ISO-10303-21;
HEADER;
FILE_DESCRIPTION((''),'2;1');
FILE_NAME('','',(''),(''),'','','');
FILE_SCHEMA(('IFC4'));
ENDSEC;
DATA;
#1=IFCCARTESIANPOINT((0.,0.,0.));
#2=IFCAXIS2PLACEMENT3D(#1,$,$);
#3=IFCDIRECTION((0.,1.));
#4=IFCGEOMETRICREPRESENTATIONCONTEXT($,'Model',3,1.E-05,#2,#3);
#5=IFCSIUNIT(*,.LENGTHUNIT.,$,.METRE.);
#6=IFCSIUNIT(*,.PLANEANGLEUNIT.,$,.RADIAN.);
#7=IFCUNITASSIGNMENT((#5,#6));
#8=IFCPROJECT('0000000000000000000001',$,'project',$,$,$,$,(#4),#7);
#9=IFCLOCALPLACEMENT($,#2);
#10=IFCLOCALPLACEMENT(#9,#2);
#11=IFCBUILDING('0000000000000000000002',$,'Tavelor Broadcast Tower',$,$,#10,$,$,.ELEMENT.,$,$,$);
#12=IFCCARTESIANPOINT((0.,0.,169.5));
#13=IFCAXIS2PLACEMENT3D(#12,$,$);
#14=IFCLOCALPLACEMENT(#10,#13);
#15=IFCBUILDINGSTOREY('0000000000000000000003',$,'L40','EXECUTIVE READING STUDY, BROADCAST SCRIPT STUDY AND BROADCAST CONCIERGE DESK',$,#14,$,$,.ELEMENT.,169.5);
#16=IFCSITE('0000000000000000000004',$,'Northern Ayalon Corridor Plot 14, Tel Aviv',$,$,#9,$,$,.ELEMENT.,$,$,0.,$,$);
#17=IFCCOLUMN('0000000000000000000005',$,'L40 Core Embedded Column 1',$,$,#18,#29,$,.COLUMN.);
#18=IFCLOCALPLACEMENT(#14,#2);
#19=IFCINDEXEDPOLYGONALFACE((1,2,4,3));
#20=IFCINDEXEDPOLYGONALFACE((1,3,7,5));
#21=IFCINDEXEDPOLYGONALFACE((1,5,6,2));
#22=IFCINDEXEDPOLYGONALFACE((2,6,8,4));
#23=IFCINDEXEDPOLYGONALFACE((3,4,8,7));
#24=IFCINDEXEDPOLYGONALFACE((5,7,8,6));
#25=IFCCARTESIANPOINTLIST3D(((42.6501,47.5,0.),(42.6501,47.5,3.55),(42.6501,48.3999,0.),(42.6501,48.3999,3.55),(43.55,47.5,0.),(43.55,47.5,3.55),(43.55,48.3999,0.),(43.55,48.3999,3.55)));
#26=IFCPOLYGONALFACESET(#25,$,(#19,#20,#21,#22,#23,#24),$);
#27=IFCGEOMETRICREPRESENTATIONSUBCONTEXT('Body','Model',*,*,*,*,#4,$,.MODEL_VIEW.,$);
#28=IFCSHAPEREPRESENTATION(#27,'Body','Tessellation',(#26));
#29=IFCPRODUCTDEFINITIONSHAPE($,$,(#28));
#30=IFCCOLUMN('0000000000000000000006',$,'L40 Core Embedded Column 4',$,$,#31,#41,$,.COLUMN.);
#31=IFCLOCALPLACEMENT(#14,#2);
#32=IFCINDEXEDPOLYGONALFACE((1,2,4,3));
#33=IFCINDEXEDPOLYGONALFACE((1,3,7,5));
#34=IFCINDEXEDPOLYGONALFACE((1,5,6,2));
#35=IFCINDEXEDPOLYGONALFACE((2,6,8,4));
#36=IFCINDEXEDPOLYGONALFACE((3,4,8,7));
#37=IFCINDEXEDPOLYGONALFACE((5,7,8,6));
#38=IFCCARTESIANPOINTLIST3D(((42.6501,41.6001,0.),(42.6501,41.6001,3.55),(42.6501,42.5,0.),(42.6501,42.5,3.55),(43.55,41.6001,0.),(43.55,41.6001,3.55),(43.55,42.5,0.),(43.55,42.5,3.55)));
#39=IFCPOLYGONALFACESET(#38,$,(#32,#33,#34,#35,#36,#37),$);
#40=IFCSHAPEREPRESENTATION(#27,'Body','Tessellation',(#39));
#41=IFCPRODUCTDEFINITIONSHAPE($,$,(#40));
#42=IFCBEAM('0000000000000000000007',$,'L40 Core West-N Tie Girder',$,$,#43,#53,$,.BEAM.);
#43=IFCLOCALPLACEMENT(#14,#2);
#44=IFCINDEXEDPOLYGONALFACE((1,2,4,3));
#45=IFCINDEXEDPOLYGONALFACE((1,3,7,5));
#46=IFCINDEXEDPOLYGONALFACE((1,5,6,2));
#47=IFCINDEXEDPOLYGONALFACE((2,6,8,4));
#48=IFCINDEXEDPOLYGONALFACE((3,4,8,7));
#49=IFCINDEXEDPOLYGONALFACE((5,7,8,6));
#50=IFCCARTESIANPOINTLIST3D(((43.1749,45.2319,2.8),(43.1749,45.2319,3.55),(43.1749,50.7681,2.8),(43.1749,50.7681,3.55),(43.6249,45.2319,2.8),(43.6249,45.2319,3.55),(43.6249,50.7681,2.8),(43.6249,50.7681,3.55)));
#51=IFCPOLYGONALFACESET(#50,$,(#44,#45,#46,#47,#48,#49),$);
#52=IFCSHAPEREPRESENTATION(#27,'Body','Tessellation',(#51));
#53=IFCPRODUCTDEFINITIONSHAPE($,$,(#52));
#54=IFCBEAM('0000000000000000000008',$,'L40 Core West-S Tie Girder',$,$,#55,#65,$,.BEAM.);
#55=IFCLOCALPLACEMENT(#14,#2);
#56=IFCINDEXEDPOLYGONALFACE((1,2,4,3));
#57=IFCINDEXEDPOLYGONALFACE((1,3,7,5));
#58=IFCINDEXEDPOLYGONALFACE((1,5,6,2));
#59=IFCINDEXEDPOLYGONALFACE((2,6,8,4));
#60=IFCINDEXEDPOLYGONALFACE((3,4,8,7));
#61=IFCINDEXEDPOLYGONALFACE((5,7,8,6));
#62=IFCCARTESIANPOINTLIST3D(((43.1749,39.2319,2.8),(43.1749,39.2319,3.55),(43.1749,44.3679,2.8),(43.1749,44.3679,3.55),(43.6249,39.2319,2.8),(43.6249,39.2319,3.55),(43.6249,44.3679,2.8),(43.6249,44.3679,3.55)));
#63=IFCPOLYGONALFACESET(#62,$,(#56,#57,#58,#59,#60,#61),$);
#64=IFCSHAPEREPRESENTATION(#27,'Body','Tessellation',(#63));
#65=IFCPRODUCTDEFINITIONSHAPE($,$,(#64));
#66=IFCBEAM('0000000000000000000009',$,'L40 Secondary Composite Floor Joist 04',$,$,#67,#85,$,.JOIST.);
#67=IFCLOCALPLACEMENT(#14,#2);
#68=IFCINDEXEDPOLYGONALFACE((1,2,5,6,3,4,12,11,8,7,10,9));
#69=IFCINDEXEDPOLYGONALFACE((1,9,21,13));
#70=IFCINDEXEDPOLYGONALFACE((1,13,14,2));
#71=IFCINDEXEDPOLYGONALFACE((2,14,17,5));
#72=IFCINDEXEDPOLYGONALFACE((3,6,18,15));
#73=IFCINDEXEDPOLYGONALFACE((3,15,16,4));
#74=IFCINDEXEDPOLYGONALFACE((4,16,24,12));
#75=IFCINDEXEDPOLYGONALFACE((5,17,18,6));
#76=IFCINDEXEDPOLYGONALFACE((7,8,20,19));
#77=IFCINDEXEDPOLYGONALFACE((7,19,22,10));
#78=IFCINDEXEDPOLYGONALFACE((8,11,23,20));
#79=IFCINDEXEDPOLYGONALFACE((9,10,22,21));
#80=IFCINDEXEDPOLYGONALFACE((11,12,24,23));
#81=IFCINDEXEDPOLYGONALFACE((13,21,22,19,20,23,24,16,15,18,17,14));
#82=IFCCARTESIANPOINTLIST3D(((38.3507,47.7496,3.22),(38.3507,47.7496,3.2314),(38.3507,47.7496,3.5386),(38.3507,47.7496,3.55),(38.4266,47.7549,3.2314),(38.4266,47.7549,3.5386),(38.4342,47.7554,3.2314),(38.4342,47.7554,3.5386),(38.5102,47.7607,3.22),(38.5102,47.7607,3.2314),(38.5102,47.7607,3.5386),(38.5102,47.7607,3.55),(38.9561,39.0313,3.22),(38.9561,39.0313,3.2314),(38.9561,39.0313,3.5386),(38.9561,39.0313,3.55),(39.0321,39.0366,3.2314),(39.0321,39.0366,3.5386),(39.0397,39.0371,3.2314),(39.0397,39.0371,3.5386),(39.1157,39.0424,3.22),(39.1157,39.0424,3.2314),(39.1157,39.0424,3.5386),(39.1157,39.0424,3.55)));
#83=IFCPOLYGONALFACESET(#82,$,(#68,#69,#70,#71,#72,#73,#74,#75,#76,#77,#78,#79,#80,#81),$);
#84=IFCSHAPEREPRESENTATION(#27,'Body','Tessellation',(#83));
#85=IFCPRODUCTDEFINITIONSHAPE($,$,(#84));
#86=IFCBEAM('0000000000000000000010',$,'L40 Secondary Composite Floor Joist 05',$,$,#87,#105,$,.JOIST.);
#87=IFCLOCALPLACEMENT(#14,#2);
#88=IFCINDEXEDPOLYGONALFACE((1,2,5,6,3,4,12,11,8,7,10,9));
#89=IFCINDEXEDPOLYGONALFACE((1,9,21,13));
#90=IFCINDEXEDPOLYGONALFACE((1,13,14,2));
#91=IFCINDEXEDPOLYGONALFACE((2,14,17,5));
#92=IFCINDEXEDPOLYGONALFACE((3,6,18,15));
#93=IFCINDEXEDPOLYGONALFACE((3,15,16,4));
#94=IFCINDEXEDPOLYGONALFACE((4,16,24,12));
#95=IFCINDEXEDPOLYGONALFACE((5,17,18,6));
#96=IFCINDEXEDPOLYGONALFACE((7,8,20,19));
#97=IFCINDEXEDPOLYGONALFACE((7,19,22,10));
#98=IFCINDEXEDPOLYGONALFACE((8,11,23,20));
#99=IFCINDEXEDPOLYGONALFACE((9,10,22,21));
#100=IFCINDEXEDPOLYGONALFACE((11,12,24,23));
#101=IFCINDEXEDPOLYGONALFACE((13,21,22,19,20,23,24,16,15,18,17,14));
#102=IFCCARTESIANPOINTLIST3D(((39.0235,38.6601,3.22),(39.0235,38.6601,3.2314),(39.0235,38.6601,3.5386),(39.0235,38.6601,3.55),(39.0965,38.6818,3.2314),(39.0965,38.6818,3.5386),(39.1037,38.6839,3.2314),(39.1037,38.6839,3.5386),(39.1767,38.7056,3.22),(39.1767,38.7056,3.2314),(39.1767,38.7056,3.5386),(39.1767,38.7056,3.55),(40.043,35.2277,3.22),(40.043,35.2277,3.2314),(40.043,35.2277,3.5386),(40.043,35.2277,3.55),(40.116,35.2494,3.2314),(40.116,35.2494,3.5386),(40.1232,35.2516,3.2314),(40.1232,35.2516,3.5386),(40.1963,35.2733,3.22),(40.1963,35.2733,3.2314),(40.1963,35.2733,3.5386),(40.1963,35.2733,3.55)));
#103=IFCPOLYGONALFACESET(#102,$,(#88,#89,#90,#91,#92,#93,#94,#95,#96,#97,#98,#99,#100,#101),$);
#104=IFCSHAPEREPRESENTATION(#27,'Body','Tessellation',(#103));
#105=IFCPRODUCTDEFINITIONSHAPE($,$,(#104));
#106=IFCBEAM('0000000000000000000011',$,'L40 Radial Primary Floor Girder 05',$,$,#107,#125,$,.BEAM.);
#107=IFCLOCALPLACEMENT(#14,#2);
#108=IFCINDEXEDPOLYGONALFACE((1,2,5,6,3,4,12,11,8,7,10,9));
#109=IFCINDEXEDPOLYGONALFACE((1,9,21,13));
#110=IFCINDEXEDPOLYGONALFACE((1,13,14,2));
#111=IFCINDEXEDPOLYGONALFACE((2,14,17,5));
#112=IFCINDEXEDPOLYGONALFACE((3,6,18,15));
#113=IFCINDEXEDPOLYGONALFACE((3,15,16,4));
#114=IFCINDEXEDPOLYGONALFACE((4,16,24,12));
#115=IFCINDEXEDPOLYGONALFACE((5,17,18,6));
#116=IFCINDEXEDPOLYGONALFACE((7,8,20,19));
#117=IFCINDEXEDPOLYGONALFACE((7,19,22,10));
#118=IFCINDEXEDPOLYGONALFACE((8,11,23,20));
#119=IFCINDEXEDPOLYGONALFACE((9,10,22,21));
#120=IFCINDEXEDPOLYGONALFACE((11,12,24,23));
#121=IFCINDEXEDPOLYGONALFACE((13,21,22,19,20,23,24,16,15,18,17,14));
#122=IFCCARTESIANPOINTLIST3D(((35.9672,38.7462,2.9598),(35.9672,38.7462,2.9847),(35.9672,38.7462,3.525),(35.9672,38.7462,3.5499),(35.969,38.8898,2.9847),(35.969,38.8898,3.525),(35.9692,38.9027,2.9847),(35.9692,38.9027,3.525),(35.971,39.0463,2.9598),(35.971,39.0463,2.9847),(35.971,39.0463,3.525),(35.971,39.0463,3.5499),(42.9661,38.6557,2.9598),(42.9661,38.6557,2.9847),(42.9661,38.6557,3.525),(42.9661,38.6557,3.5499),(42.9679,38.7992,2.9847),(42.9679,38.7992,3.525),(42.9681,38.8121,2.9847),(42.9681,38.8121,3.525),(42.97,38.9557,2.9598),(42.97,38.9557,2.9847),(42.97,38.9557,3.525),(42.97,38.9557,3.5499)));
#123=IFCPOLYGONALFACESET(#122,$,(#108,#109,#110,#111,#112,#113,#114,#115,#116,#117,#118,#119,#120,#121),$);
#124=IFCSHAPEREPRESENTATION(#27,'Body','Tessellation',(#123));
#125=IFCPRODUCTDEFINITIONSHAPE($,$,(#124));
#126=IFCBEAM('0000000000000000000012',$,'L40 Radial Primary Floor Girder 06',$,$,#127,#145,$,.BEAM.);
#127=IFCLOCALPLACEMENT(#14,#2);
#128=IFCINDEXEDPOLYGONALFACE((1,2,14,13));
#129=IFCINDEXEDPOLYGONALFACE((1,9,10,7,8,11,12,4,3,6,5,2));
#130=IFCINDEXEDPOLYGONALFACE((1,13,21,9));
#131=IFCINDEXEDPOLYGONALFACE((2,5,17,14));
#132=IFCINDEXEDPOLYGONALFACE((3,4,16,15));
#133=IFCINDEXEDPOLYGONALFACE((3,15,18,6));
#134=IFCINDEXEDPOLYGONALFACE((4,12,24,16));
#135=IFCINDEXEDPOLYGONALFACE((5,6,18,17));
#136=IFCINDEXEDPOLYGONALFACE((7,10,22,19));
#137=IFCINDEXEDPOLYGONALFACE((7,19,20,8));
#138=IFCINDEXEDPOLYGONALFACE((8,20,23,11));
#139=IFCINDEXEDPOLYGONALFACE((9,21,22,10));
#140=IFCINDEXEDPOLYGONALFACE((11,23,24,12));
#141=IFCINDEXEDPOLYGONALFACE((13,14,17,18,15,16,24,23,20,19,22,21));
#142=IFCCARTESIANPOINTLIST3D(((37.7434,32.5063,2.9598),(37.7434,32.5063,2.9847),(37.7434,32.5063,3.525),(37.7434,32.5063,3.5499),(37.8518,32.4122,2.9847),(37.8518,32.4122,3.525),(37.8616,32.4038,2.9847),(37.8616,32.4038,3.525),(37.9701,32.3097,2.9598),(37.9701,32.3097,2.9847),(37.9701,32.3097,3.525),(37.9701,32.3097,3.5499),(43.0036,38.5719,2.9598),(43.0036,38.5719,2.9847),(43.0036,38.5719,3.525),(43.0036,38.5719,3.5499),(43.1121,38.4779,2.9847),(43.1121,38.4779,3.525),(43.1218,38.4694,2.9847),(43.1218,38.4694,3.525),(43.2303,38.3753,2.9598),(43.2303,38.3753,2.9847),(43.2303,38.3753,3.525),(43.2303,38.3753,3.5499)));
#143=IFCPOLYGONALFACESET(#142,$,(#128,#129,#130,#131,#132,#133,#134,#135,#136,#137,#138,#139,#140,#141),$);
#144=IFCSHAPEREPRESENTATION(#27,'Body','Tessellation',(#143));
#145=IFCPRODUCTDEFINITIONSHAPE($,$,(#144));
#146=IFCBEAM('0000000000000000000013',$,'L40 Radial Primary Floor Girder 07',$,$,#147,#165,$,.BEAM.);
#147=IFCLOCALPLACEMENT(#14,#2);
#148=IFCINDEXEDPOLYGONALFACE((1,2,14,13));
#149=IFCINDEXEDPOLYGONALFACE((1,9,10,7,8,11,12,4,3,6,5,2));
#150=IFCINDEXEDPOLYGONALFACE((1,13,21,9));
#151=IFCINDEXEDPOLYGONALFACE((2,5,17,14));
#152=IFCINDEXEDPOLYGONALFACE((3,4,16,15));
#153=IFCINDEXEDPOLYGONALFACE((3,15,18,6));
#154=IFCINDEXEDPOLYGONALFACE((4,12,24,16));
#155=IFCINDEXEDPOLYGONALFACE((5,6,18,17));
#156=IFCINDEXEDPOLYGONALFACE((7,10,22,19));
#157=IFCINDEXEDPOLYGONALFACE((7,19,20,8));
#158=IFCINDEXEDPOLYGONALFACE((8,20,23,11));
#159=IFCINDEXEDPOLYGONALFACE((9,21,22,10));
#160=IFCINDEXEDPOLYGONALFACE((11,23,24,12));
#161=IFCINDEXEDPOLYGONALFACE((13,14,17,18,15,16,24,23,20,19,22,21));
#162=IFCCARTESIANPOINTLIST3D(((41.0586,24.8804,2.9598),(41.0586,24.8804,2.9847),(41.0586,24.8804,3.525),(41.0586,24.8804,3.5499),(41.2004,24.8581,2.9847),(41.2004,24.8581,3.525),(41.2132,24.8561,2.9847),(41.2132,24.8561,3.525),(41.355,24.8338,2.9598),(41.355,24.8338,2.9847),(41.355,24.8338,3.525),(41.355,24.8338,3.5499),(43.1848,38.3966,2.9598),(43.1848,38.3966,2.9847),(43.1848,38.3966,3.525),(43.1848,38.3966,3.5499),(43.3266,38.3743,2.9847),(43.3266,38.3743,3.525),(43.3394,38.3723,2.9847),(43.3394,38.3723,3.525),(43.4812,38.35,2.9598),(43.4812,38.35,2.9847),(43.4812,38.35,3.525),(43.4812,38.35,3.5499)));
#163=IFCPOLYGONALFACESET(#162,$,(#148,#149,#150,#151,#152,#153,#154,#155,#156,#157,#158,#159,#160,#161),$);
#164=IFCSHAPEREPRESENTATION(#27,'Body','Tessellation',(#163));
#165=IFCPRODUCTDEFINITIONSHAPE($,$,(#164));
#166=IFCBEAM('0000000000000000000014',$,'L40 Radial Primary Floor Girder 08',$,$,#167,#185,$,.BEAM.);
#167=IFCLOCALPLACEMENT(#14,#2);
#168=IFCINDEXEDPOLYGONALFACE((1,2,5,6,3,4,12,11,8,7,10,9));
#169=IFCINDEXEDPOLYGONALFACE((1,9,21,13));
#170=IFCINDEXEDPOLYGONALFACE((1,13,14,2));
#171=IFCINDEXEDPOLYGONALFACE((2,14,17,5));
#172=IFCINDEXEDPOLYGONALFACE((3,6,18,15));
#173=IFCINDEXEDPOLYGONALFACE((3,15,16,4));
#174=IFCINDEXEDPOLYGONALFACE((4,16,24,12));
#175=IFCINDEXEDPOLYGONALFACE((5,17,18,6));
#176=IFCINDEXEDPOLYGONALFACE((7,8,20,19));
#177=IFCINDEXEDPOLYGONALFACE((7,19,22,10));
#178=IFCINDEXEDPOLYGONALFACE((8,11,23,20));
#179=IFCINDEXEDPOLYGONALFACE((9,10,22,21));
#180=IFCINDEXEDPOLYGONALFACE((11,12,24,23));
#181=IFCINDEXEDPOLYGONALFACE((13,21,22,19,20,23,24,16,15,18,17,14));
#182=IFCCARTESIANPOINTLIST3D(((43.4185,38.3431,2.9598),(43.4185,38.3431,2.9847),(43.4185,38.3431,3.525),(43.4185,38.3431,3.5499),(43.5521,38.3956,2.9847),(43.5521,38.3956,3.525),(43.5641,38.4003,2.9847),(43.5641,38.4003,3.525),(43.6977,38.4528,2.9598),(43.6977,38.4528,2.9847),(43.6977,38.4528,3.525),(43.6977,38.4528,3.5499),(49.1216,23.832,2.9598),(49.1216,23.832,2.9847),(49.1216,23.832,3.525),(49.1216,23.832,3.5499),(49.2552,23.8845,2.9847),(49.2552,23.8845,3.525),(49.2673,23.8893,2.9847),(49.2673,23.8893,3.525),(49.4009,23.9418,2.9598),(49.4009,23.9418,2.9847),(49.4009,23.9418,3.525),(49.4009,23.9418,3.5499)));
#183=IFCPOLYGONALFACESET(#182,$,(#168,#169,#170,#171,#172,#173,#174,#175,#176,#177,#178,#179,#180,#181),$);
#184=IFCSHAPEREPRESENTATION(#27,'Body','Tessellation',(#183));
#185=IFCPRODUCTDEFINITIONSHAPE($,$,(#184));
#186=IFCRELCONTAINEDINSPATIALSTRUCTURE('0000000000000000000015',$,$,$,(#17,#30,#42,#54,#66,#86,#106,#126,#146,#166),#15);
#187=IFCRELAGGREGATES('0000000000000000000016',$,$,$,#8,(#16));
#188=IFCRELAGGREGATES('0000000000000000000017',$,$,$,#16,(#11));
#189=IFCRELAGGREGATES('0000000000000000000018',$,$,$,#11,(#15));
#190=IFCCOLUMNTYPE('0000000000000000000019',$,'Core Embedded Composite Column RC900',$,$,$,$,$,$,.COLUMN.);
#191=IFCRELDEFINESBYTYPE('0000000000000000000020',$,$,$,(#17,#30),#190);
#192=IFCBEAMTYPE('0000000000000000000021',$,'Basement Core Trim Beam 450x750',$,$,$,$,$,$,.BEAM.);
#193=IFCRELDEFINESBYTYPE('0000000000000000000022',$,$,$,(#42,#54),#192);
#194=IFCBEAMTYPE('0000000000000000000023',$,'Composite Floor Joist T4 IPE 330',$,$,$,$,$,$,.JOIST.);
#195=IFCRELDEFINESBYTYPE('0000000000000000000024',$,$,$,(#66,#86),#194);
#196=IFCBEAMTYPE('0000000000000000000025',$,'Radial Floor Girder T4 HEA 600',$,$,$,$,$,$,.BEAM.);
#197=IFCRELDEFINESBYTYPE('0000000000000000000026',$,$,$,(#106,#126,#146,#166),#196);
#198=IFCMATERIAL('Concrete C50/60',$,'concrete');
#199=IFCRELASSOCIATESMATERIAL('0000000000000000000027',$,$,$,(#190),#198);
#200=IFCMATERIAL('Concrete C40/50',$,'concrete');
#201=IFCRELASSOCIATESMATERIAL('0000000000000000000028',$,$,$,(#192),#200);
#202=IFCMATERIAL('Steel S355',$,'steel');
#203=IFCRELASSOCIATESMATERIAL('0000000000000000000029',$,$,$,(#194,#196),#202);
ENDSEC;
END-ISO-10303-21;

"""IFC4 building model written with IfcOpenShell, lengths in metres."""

from ifc_helpers import new_model, si_unit, direction, frame, origin, origin_2d, place, context, subcontext, project, spatial, rectangle, i_section, extrude, material, material_profile, profile_set, type_object, element, save


model = new_model("IFC4")

# Units and contexts
model_context = context("Model", 3, precision=1e-05, world=origin(), true_north=direction((0.0, 1.0)))
body_context = subcontext(model_context, "Body", "Model", "MODEL_VIEW")
ifc_project = project(units=[si_unit("LENGTHUNIT", "METRE"), si_unit("PLANEANGLEUNIT", "RADIAN")], contexts=[model_context])

# Site, building, storey
site_placement = place(None, origin())
site = spatial("IfcSite", under=ifc_project, at=site_placement, Name="Northern Ayalon Corridor Plot 14, Tel Aviv", CompositionType="ELEMENT", RefElevation=0.0)
building_placement = place(site_placement, origin())
building = spatial("IfcBuilding", under=site, at=building_placement, Name="Tavelor Broadcast Tower", CompositionType="ELEMENT")
storey_placement = place(building_placement, frame((0.0, 0.0, 169.5)))
storey = spatial("IfcBuildingStorey", under=building, at=storey_placement, Name="L40", Description="EXECUTIVE READING STUDY, BROADCAST SCRIPT STUDY AND BROADCAST CONCIERGE DESK", CompositionType="ELEMENT", Elevation=169.5)

# Columns
ifc_material_1 = material(Name="Concrete C50/60", Category="concrete")
ifc_material_profile_1 = material_profile(ifc_material_1, rectangle(XDim=0.8999, YDim=0.8999, at=origin_2d()), Name="RC 900x900")
ifc_profile_set_1 = profile_set([ifc_material_profile_1], Name="Concrete C50/60")
column_type = type_object("IfcColumnType", Name="Core Embedded Composite Column RC900", PredefinedType="COLUMN", material=ifc_profile_set_1)
for number, where, z_axis, x_axis, name in (
    (1, (43.1001, 47.95, 0.0), (0.0, 0.0, 1.0), (1.0, 0.0, 0.0), "L40 Core Embedded Column 1"),
    (2, (43.1001, 42.05, 0.0), (0.0, 0.0, 1.0), (1.0, 0.0, 0.0), "L40 Core Embedded Column 4"),
):
    element("IfcColumn", number, at=place(storey_placement, frame(where, z_axis=z_axis, x_axis=x_axis)), inside=storey, type_object=column_type, Name=name, PredefinedType="COLUMN", context=body_context, shape_type="SweptSolid", body=[
        extrude(rectangle(XDim=0.8999, YDim=0.8999, at=origin_2d()), origin(), (0.0, 0.0, 1.0), 3.55),
    ])

# Beams
ifc_material_2 = material(Name="Concrete C40/50", Category="concrete")
ifc_material_profile_2 = material_profile(ifc_material_2, rectangle(XDim=0.45, YDim=0.75, at=origin_2d()), Name="RC 450x750")
ifc_profile_set_2 = profile_set([ifc_material_profile_2], Name="Concrete C40/50")
beam_type_1 = type_object("IfcBeamType", Name="Basement Core Trim Beam 450x750", PredefinedType="BEAM", material=ifc_profile_set_2)
beam_1_placement = place(storey_placement, frame((43.3999, 45.2319, 3.175), z_axis=(0.0, 1.0, 0.0), x_axis=(-1.0, 0.0, 0.0)))
element("IfcBeam", 3, at=beam_1_placement, inside=storey, type_object=beam_type_1, Name="L40 Core West-N Tie Girder", PredefinedType="BEAM", context=body_context, shape_type="SweptSolid", body=[
    extrude(rectangle(XDim=0.45, YDim=0.75, at=origin_2d()), origin(), (0.0, 0.0, 1.0), 5.5361),
])
beam_2_placement = place(storey_placement, frame((43.3999, 39.2319, 3.175), z_axis=(0.0, 1.0, 0.0), x_axis=(-1.0, 0.0, 0.0)))
element("IfcBeam", 4, at=beam_2_placement, inside=storey, type_object=beam_type_1, Name="L40 Core West-S Tie Girder", PredefinedType="BEAM", context=body_context, shape_type="SweptSolid", body=[
    extrude(rectangle(XDim=0.45, YDim=0.75, at=origin_2d()), origin(), (0.0, 0.0, 1.0), 5.136),
])
ifc_material_3 = material(Name="Steel S355", Category="steel")
ifc_material_profile_3 = material_profile(ifc_material_3, i_section(OverallWidth=0.1599, OverallDepth=0.3301, WebThickness=0.0076, FlangeThickness=0.0115, at=origin_2d()), Name="IPE 330")
ifc_profile_set_3 = profile_set([ifc_material_profile_3], Name="Steel S355")
beam_type_2 = type_object("IfcBeamType", Name="Composite Floor Joist T4 IPE 330", PredefinedType="JOIST", material=ifc_profile_set_3)
beam_3_placement = place(storey_placement, frame((38.4304, 47.7551, 3.385), z_axis=(0.069281, -0.997597, 0.0), x_axis=(0.997597, 0.069281, 0.0)))
element("IfcBeam", 5, at=beam_3_placement, inside=storey, type_object=beam_type_2, Name="L40 Secondary Composite Floor Joist 04", PredefinedType="JOIST", context=body_context, shape_type="SweptSolid", body=[
    extrude(i_section(OverallWidth=0.1599, OverallDepth=0.3301, WebThickness=0.0076, FlangeThickness=0.0115, at=origin_2d()), origin(), (0.0, 0.0, 1.0), 8.7393),
])
beam_4_placement = place(storey_placement, frame((39.1001, 38.6829, 3.385), z_axis=(0.284738, -0.958605, 0.0), x_axis=(0.958605, 0.284738, 0.0)))
element("IfcBeam", 6, at=beam_4_placement, inside=storey, type_object=beam_type_2, Name="L40 Secondary Composite Floor Joist 05", PredefinedType="JOIST", context=body_context, shape_type="SweptSolid", body=[
    extrude(i_section(OverallWidth=0.1599, OverallDepth=0.3301, WebThickness=0.0076, FlangeThickness=0.0115, at=origin_2d()), origin(), (0.0, 0.0, 1.0), 3.5806),
])
ifc_material_profile_4 = material_profile(ifc_material_3, i_section(OverallWidth=0.3, OverallDepth=0.5901, WebThickness=0.0129, FlangeThickness=0.0249, at=origin_2d()), Name="HEA 600")
ifc_profile_set_4 = profile_set([ifc_material_profile_4], Name="Steel S355")
beam_type_3 = type_object("IfcBeamType", Name="Radial Floor Girder T4 HEA 600", PredefinedType="BEAM", material=ifc_profile_set_4)
beam_5_placement = place(storey_placement, frame((42.968, 38.8057, 3.2549), z_axis=(-0.999916, 0.01294, 0.0), x_axis=(-0.01294, -0.999916, 0.0)))
element("IfcBeam", 7, at=beam_5_placement, inside=storey, type_object=beam_type_3, Name="L40 Radial Primary Floor Girder 05", PredefinedType="BEAM", context=body_context, shape_type="SweptSolid", body=[
    extrude(i_section(OverallWidth=0.3, OverallDepth=0.5901, WebThickness=0.0129, FlangeThickness=0.0249, at=origin_2d()), origin(), (0.0, 0.0, 1.0), 6.9995),
])
beam_6_placement = place(storey_placement, frame((43.1169, 38.4736, 3.2549), z_axis=(-0.655168, -0.755483, 0.0), x_axis=(0.755483, -0.655168, 0.0)))
element("IfcBeam", 8, at=beam_6_placement, inside=storey, type_object=beam_type_3, Name="L40 Radial Primary Floor Girder 06", PredefinedType="BEAM", context=body_context, shape_type="SweptSolid", body=[
    extrude(i_section(OverallWidth=0.3, OverallDepth=0.5901, WebThickness=0.0129, FlangeThickness=0.0249, at=origin_2d()), origin(), (0.0, 0.0, 1.0), 8.0288),
])
beam_7_placement = place(storey_placement, frame((43.333, 38.3733, 3.2549), z_axis=(-0.155399, -0.987852, 0.0), x_axis=(0.987852, -0.155399, 0.0)))
element("IfcBeam", 9, at=beam_7_placement, inside=storey, type_object=beam_type_3, Name="L40 Radial Primary Floor Girder 07", PredefinedType="BEAM", context=body_context, shape_type="SweptSolid", body=[
    extrude(i_section(OverallWidth=0.3, OverallDepth=0.5901, WebThickness=0.0129, FlangeThickness=0.0249, at=origin_2d()), origin(), (0.0, 0.0, 1.0), 13.6824),
])
beam_8_placement = place(storey_placement, frame((43.5581, 38.3979, 3.2549), z_axis=(0.365785, -0.9307, 0.0), x_axis=(0.9307, 0.365785, 0.0)))
element("IfcBeam", 10, at=beam_8_placement, inside=storey, type_object=beam_type_3, Name="L40 Radial Primary Floor Girder 08", PredefinedType="BEAM", context=body_context, shape_type="SweptSolid", body=[
    extrude(i_section(OverallWidth=0.3, OverallDepth=0.5901, WebThickness=0.0129, FlangeThickness=0.0249, at=origin_2d()), origin(), (0.0, 0.0, 1.0), 15.5916),
])

save(model, "model.ifc")
